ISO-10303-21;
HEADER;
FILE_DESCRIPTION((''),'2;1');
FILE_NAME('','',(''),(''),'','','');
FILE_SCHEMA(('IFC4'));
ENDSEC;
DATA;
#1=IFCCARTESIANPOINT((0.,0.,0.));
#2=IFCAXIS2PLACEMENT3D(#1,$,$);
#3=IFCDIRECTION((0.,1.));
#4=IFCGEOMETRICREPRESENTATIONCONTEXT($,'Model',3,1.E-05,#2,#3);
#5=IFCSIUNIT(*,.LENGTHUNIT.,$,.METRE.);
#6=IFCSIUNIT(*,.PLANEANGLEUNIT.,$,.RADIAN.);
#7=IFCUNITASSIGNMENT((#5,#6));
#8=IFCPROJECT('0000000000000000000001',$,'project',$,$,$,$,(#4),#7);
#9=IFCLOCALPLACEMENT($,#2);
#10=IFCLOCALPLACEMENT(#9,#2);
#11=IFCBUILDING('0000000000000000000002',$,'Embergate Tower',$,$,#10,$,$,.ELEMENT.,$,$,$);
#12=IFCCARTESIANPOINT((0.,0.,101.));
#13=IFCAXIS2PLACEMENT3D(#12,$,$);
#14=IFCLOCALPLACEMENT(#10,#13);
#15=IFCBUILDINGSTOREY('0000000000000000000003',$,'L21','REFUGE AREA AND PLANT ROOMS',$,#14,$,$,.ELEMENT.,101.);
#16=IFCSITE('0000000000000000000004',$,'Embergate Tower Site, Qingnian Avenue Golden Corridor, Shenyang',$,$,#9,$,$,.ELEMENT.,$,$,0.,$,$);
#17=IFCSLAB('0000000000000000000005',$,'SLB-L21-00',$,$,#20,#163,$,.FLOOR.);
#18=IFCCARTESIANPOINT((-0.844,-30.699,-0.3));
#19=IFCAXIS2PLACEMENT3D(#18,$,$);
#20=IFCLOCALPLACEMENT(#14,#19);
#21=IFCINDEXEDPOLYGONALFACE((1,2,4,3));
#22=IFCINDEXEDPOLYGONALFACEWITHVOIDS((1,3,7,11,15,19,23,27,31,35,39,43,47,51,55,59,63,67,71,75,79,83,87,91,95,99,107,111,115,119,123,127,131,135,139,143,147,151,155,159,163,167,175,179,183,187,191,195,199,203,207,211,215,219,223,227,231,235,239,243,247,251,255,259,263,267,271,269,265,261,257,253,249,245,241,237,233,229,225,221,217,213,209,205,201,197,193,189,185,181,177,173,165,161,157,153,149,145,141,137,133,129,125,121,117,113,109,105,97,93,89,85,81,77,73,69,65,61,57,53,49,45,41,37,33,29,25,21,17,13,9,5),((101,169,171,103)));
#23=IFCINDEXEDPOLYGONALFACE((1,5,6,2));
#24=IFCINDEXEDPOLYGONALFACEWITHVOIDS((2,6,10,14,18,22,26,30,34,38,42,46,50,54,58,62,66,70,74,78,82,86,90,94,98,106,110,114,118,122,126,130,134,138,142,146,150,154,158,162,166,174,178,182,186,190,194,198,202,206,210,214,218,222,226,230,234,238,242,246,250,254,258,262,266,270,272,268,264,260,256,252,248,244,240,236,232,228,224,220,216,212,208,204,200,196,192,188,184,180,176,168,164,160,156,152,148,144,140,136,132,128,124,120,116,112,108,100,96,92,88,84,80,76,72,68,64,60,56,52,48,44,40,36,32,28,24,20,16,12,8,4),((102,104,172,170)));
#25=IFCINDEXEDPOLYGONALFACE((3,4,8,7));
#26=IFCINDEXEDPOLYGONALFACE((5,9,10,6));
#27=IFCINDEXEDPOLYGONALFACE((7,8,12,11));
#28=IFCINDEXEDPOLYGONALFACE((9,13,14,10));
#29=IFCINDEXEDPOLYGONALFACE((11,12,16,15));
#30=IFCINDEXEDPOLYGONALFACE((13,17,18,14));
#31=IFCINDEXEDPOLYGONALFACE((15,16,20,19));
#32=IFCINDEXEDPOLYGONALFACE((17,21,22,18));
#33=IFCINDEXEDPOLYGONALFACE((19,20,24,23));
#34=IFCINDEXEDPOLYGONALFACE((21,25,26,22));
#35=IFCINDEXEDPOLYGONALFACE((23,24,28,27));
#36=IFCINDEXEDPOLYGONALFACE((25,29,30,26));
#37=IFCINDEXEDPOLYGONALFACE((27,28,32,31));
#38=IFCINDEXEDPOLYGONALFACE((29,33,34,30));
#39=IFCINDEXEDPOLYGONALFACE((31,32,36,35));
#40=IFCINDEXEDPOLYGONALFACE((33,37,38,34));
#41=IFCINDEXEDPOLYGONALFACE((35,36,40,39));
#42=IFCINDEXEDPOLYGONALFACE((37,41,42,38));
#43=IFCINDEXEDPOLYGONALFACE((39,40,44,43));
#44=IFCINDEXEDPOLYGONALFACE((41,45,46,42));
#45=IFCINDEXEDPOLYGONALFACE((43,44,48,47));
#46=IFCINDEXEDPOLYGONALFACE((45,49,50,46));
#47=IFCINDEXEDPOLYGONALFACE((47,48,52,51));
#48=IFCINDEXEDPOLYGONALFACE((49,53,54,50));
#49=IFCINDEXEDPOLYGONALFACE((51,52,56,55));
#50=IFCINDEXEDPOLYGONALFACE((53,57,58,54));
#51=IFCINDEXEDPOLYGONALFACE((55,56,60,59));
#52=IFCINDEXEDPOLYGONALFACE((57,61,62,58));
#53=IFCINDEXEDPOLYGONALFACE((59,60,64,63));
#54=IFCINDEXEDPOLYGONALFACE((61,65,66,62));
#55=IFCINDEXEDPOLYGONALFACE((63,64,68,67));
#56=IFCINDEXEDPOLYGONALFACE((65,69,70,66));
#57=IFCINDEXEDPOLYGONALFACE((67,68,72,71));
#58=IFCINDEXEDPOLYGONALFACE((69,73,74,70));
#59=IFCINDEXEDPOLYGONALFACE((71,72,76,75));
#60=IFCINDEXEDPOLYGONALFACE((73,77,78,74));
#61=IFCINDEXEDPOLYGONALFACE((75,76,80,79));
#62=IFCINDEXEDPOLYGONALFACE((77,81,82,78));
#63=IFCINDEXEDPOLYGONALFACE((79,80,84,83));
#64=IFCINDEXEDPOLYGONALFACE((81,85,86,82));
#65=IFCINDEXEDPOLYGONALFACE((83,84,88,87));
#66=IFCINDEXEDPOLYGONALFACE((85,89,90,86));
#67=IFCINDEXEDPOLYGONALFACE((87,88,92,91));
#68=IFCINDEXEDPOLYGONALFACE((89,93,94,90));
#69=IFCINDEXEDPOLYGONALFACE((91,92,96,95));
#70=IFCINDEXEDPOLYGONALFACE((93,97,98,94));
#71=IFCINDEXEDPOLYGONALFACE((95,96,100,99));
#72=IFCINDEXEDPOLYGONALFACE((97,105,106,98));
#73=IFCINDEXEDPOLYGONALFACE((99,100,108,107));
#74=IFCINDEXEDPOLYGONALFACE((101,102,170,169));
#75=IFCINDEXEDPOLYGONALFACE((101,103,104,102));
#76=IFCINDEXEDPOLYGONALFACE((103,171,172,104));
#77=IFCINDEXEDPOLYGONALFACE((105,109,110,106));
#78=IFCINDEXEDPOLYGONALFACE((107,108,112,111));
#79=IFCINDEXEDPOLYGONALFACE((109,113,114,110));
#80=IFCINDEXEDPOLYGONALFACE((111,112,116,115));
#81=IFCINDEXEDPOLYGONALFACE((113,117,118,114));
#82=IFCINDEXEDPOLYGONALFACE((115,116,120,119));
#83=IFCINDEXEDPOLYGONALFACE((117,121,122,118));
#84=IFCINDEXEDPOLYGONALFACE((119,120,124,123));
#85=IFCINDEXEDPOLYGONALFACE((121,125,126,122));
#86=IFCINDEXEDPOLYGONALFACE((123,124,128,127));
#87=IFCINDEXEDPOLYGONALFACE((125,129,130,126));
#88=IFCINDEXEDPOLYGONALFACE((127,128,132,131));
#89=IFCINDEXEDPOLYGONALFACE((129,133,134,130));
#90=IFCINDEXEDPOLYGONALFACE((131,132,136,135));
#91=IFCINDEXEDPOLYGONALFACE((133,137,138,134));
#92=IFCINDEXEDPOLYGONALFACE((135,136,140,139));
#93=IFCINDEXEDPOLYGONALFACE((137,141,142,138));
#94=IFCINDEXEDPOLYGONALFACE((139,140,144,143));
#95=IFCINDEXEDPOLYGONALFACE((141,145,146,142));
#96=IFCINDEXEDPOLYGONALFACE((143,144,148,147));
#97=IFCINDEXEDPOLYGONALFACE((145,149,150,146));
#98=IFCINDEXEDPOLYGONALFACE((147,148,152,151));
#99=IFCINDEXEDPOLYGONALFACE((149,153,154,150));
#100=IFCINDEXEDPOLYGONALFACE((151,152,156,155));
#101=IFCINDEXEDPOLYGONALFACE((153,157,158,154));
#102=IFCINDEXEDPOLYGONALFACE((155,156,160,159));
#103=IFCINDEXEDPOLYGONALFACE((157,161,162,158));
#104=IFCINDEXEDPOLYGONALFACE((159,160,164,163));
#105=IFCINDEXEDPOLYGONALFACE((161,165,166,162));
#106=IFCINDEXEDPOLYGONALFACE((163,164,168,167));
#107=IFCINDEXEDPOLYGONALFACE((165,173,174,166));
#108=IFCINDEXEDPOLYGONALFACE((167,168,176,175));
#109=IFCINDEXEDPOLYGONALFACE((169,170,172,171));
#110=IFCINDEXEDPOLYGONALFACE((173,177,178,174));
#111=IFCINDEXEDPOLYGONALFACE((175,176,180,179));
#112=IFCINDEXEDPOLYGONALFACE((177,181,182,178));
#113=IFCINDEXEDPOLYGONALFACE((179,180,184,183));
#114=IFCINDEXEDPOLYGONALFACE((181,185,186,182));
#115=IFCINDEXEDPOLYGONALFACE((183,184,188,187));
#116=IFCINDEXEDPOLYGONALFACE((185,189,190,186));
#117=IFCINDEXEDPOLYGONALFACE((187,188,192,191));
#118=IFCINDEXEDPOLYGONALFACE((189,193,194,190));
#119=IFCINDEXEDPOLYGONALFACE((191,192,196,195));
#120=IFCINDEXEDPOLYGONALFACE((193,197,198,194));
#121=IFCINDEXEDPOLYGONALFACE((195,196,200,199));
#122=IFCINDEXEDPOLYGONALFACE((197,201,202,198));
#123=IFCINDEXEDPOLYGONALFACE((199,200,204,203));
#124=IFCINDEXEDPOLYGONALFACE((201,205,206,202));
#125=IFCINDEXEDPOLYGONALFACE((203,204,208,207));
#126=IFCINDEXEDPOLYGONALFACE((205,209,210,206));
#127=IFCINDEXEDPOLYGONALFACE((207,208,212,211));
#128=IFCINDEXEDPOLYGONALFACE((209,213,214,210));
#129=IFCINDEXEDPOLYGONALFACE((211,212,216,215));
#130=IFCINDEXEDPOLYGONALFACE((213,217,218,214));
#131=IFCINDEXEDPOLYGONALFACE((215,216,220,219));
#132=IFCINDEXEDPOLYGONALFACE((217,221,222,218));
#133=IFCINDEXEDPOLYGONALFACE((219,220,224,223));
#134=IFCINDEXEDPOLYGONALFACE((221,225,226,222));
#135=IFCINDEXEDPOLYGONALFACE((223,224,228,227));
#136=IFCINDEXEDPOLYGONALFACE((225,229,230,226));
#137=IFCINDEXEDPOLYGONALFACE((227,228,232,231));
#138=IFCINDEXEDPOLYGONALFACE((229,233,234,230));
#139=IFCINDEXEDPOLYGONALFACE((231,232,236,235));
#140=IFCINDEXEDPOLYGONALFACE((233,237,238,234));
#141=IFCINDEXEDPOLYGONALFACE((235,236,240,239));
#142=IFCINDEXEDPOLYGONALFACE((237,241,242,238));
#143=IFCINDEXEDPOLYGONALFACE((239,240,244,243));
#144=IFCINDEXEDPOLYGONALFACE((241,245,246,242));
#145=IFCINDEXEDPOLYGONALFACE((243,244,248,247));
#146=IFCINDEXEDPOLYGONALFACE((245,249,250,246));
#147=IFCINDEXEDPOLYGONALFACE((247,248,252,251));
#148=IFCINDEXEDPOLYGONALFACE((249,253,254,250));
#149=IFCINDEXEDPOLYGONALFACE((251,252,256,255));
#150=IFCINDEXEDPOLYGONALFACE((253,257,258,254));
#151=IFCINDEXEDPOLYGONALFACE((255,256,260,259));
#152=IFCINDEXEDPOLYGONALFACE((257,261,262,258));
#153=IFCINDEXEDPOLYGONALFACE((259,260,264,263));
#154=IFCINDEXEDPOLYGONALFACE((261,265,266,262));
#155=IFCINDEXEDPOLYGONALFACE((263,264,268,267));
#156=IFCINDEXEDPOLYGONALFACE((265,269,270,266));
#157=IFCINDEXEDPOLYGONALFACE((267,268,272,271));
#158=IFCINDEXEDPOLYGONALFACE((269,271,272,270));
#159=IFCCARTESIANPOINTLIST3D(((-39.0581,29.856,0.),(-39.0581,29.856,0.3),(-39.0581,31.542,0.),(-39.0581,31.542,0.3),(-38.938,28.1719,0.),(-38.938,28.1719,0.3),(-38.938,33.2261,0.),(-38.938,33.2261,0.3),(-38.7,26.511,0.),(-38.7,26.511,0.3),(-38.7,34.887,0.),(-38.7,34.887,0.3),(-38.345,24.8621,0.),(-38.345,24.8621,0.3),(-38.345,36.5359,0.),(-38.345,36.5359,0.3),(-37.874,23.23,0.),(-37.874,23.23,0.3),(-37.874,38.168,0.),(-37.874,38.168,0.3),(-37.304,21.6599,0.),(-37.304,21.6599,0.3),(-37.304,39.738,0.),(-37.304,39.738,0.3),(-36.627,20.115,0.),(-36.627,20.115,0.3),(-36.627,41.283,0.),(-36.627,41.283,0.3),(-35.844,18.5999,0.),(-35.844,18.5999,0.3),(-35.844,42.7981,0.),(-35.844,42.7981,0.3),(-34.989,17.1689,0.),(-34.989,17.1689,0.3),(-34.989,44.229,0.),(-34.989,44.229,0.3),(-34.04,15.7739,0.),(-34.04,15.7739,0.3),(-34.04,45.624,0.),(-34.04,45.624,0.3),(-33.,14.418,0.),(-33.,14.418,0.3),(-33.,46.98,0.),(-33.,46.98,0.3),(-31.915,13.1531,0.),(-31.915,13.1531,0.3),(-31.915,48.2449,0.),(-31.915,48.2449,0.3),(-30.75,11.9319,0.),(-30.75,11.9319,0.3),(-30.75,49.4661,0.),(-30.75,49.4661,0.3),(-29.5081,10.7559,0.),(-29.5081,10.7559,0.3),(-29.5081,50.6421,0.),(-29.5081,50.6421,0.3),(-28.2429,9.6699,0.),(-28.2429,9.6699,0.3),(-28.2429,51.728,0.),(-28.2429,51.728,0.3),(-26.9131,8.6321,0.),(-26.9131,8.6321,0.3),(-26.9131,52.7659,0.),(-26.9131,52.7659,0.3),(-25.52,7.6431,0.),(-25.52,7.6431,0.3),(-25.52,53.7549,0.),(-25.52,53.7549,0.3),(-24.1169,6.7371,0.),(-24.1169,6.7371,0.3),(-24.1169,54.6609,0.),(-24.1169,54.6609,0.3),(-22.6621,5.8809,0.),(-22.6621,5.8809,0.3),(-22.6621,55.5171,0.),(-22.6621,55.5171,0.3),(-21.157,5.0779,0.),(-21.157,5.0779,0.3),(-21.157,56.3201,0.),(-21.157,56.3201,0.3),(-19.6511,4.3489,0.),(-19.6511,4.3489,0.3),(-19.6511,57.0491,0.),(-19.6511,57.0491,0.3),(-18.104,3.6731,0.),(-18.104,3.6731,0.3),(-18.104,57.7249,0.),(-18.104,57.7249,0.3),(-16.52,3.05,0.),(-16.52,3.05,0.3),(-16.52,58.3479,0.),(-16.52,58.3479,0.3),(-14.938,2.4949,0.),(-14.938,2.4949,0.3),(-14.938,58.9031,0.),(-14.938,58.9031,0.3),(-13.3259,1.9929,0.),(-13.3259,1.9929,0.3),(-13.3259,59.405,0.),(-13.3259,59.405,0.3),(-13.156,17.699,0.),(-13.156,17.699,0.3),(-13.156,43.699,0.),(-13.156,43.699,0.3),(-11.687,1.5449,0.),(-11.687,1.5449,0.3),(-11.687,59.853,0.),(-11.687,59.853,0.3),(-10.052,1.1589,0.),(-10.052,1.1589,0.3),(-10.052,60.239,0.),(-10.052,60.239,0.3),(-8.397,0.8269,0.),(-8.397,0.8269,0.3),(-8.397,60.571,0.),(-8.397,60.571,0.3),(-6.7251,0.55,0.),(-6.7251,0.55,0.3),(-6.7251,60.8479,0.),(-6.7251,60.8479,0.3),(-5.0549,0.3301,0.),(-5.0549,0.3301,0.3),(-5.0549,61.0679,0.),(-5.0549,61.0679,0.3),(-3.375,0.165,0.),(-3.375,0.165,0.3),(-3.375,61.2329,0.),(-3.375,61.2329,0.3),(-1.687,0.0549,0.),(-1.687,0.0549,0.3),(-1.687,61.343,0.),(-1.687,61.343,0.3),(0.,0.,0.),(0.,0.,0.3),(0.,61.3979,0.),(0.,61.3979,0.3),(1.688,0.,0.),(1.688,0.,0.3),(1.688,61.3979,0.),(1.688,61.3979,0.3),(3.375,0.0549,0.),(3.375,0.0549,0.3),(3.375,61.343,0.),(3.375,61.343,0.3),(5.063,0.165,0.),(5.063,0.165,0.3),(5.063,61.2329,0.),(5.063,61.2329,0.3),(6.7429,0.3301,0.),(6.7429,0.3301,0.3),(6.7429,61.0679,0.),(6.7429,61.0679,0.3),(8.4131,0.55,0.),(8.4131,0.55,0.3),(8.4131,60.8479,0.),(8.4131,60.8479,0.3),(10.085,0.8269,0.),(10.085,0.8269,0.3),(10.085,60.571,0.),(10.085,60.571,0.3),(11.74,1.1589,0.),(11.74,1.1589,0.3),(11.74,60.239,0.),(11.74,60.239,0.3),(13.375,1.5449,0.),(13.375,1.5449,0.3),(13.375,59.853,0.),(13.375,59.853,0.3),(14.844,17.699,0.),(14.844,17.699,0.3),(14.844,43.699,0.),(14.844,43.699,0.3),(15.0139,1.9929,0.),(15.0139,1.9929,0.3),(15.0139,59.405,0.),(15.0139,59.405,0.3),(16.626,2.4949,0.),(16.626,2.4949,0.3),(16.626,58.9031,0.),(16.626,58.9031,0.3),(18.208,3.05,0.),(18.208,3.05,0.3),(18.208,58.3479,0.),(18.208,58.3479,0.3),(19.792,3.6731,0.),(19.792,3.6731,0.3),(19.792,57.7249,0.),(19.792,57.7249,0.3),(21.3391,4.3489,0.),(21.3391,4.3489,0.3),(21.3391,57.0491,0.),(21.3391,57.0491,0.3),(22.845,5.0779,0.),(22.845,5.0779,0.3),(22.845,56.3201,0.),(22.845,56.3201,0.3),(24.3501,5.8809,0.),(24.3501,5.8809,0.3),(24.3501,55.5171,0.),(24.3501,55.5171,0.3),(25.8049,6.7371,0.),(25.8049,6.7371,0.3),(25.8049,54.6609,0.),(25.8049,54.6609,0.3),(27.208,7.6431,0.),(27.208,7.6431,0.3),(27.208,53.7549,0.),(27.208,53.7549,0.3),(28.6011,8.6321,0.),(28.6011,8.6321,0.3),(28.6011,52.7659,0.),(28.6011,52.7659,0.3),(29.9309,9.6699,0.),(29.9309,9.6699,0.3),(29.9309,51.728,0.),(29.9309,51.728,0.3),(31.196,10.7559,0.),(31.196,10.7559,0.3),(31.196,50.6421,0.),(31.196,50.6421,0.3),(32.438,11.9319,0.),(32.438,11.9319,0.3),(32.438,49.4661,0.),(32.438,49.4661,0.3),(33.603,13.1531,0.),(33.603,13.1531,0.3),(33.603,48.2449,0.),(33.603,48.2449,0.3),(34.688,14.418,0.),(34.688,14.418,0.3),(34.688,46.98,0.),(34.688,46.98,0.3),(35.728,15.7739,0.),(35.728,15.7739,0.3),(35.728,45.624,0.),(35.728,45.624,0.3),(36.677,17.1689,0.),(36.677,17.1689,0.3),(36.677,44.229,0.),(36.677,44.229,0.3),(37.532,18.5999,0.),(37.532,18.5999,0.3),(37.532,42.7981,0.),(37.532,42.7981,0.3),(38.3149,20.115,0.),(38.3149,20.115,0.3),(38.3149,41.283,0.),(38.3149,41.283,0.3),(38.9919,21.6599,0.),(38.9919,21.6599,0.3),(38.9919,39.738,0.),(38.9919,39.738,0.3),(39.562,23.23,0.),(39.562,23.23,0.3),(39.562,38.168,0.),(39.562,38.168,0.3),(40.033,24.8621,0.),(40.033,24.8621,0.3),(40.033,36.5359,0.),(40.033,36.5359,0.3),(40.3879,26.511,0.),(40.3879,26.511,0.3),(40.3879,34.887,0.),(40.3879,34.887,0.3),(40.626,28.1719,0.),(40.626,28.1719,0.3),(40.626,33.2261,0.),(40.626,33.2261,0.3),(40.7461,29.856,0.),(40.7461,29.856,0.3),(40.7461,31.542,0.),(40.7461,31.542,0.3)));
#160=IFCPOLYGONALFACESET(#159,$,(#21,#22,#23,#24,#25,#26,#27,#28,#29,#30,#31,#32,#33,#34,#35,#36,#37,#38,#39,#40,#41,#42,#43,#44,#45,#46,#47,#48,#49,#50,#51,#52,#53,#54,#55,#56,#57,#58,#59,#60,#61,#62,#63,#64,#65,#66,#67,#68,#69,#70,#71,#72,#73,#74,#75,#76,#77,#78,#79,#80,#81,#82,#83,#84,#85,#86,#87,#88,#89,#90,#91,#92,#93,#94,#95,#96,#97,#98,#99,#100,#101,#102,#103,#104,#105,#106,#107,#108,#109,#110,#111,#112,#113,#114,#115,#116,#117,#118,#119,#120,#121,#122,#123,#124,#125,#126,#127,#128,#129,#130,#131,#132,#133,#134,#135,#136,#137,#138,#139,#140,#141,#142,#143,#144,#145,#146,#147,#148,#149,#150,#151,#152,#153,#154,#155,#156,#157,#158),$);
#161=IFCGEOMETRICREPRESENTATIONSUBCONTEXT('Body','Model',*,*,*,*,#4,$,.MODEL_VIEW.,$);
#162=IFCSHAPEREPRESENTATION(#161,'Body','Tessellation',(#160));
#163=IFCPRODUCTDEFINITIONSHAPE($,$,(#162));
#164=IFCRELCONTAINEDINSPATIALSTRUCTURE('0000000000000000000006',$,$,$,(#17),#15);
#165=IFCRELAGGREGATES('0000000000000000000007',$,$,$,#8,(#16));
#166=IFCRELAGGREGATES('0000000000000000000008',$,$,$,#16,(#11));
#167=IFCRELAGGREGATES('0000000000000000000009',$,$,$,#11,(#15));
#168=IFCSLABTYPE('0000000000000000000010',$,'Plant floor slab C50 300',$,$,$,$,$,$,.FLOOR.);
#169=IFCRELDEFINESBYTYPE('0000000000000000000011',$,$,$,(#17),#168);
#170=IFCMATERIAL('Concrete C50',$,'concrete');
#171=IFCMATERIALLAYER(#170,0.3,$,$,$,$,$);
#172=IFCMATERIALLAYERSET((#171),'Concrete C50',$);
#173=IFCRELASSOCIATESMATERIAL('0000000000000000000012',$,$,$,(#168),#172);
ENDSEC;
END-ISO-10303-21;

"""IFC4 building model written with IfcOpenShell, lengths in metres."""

from ifc_helpers import new_model, si_unit, direction, frame, origin, place, context, subcontext, project, spatial, polyline, outline, extrude, source, transform, mapped, material, layer, layer_set, type_object, element, save


model = new_model("IFC4")

# Units and contexts
model_context = context("Model", 3, precision=1e-05, world=origin(), true_north=direction((0.0, 1.0)))
body_context = subcontext(model_context, "Body", "Model", "MODEL_VIEW")
ifc_project = project(units=[si_unit("LENGTHUNIT", "METRE"), si_unit("PLANEANGLEUNIT", "RADIAN")], contexts=[model_context])

# Site, building, storey
site_placement = place(None, origin())
site = spatial("IfcSite", under=ifc_project, at=site_placement, Name="Embergate Tower Site, Qingnian Avenue Golden Corridor, Shenyang", CompositionType="ELEMENT", RefElevation=0.0)
building_placement = place(site_placement, origin())
building = spatial("IfcBuilding", under=site, at=building_placement, Name="Embergate Tower", CompositionType="ELEMENT")
storey_placement = place(building_placement, frame((0.0, 0.0, 101.0)))
storey = spatial("IfcBuildingStorey", under=building, at=storey_placement, Name="L21", Description="REFUGE AREA AND PLANT ROOMS", CompositionType="ELEMENT", Elevation=101.0)

# Slab
ifc_material_1 = material(Name="Concrete C50", Category="concrete")
ifc_layer_1 = layer(ifc_material_1, 0.3)
ifc_layer_set_1 = layer_set([ifc_layer_1], Name="Concrete C50")
slab_type = type_object("IfcSlabType", Name="Plant floor slab C50 300", PredefinedType="FLOOR", material=ifc_layer_set_1)
shared_shape_1 = source(origin(), body_context, "Body", "SweptSolid", [
    extrude(outline(polyline([(0.0, 0.0), (1.688, 0.0), (3.375, 0.0549), (5.063, 0.165), (6.7429, 0.3301), (8.4131, 0.55), (10.085, 0.8269), (11.74, 1.1589), (13.375, 1.5449), (15.0139, 1.9929), (16.626, 2.4949), (18.208, 3.05), (19.792, 3.6731), (21.3391, 4.3489), (22.845, 5.0779), (24.3501, 5.8809), (25.8049, 6.7371), (27.208, 7.6431), (28.6011, 8.6321), (29.9309, 9.6699), (31.196, 10.7559), (32.438, 11.9319), (33.603, 13.1531), (34.688, 14.418), (35.728, 15.7739), (36.677, 17.1689), (37.532, 18.5999), (38.3149, 20.115), (38.9919, 21.6599), (39.562, 23.23), (40.033, 24.8621), (40.3879, 26.511), (40.626, 28.1719), (40.7461, 29.856), (40.7461, 31.542), (40.626, 33.2261), (40.3879, 34.887), (40.033, 36.5359), (39.562, 38.168), (38.9919, 39.738), (38.3149, 41.283), (37.532, 42.7981), (36.677, 44.229), (35.728, 45.624), (34.688, 46.98), (33.603, 48.2449), (32.438, 49.4661), (31.196, 50.6421), (29.9309, 51.728), (28.6011, 52.7659), (27.208, 53.7549), (25.8049, 54.6609), (24.3501, 55.5171), (22.845, 56.3201), (21.3391, 57.0491), (19.792, 57.7249), (18.208, 58.3479), (16.626, 58.9031), (15.0139, 59.405), (13.375, 59.853), (11.74, 60.239), (10.085, 60.571), (8.4131, 60.8479), (6.7429, 61.0679), (5.063, 61.2329), (3.375, 61.343), (1.688, 61.3979), (0.0, 61.3979), (-1.687, 61.343), (-3.375, 61.2329), (-5.0549, 61.0679), (-6.7251, 60.8479), (-8.397, 60.571), (-10.052, 60.239), (-11.687, 59.853), (-13.3259, 59.405), (-14.938, 58.9031), (-16.52, 58.3479), (-18.104, 57.7249), (-19.6511, 57.0491), (-21.157, 56.3201), (-22.6621, 55.5171), (-24.1169, 54.6609), (-25.52, 53.7549), (-26.9131, 52.7659), (-28.2429, 51.728), (-29.5081, 50.6421), (-30.75, 49.4661), (-31.915, 48.2449), (-33.0, 46.98), (-34.04, 45.624), (-34.989, 44.229), (-35.844, 42.7981), (-36.627, 41.283), (-37.304, 39.738), (-37.874, 38.168), (-38.345, 36.5359), (-38.7, 34.887), (-38.938, 33.2261), (-39.0581, 31.542), (-39.0581, 29.856), (-38.938, 28.1719), (-38.7, 26.511), (-38.345, 24.8621), (-37.874, 23.23), (-37.304, 21.6599), (-36.627, 20.115), (-35.844, 18.5999), (-34.989, 17.1689), (-34.04, 15.7739), (-33.0, 14.418), (-31.915, 13.1531), (-30.75, 11.9319), (-29.5081, 10.7559), (-28.2429, 9.6699), (-26.9131, 8.6321), (-25.52, 7.6431), (-24.1169, 6.7371), (-22.6621, 5.8809), (-21.157, 5.0779), (-19.6511, 4.3489), (-18.104, 3.6731), (-16.52, 3.05), (-14.938, 2.4949), (-13.3259, 1.9929), (-11.687, 1.5449), (-10.052, 1.1589), (-8.397, 0.8269), (-6.7251, 0.55), (-5.0549, 0.3301), (-3.375, 0.165), (-1.687, 0.0549), (0.0, 0.0)]), holes=[polyline([(-13.156, 17.699), (-13.156, 43.699), (14.844, 43.699), (14.844, 17.699), (-13.156, 17.699)])]), origin(), (0.0, 0.0, 1.0), 0.3),
])
slab_placement = place(storey_placement, frame((-0.844, -30.699, -0.3)))
element("IfcSlab", 1, at=slab_placement, inside=storey, type_object=slab_type, Name="SLB-L21-00", PredefinedType="FLOOR", context=body_context, shape_type="MappedRepresentation", body=[
    mapped(shared_shape_1, transform((0.0, 0.0, 0.0))),
])

save(model, "model.ifc")
